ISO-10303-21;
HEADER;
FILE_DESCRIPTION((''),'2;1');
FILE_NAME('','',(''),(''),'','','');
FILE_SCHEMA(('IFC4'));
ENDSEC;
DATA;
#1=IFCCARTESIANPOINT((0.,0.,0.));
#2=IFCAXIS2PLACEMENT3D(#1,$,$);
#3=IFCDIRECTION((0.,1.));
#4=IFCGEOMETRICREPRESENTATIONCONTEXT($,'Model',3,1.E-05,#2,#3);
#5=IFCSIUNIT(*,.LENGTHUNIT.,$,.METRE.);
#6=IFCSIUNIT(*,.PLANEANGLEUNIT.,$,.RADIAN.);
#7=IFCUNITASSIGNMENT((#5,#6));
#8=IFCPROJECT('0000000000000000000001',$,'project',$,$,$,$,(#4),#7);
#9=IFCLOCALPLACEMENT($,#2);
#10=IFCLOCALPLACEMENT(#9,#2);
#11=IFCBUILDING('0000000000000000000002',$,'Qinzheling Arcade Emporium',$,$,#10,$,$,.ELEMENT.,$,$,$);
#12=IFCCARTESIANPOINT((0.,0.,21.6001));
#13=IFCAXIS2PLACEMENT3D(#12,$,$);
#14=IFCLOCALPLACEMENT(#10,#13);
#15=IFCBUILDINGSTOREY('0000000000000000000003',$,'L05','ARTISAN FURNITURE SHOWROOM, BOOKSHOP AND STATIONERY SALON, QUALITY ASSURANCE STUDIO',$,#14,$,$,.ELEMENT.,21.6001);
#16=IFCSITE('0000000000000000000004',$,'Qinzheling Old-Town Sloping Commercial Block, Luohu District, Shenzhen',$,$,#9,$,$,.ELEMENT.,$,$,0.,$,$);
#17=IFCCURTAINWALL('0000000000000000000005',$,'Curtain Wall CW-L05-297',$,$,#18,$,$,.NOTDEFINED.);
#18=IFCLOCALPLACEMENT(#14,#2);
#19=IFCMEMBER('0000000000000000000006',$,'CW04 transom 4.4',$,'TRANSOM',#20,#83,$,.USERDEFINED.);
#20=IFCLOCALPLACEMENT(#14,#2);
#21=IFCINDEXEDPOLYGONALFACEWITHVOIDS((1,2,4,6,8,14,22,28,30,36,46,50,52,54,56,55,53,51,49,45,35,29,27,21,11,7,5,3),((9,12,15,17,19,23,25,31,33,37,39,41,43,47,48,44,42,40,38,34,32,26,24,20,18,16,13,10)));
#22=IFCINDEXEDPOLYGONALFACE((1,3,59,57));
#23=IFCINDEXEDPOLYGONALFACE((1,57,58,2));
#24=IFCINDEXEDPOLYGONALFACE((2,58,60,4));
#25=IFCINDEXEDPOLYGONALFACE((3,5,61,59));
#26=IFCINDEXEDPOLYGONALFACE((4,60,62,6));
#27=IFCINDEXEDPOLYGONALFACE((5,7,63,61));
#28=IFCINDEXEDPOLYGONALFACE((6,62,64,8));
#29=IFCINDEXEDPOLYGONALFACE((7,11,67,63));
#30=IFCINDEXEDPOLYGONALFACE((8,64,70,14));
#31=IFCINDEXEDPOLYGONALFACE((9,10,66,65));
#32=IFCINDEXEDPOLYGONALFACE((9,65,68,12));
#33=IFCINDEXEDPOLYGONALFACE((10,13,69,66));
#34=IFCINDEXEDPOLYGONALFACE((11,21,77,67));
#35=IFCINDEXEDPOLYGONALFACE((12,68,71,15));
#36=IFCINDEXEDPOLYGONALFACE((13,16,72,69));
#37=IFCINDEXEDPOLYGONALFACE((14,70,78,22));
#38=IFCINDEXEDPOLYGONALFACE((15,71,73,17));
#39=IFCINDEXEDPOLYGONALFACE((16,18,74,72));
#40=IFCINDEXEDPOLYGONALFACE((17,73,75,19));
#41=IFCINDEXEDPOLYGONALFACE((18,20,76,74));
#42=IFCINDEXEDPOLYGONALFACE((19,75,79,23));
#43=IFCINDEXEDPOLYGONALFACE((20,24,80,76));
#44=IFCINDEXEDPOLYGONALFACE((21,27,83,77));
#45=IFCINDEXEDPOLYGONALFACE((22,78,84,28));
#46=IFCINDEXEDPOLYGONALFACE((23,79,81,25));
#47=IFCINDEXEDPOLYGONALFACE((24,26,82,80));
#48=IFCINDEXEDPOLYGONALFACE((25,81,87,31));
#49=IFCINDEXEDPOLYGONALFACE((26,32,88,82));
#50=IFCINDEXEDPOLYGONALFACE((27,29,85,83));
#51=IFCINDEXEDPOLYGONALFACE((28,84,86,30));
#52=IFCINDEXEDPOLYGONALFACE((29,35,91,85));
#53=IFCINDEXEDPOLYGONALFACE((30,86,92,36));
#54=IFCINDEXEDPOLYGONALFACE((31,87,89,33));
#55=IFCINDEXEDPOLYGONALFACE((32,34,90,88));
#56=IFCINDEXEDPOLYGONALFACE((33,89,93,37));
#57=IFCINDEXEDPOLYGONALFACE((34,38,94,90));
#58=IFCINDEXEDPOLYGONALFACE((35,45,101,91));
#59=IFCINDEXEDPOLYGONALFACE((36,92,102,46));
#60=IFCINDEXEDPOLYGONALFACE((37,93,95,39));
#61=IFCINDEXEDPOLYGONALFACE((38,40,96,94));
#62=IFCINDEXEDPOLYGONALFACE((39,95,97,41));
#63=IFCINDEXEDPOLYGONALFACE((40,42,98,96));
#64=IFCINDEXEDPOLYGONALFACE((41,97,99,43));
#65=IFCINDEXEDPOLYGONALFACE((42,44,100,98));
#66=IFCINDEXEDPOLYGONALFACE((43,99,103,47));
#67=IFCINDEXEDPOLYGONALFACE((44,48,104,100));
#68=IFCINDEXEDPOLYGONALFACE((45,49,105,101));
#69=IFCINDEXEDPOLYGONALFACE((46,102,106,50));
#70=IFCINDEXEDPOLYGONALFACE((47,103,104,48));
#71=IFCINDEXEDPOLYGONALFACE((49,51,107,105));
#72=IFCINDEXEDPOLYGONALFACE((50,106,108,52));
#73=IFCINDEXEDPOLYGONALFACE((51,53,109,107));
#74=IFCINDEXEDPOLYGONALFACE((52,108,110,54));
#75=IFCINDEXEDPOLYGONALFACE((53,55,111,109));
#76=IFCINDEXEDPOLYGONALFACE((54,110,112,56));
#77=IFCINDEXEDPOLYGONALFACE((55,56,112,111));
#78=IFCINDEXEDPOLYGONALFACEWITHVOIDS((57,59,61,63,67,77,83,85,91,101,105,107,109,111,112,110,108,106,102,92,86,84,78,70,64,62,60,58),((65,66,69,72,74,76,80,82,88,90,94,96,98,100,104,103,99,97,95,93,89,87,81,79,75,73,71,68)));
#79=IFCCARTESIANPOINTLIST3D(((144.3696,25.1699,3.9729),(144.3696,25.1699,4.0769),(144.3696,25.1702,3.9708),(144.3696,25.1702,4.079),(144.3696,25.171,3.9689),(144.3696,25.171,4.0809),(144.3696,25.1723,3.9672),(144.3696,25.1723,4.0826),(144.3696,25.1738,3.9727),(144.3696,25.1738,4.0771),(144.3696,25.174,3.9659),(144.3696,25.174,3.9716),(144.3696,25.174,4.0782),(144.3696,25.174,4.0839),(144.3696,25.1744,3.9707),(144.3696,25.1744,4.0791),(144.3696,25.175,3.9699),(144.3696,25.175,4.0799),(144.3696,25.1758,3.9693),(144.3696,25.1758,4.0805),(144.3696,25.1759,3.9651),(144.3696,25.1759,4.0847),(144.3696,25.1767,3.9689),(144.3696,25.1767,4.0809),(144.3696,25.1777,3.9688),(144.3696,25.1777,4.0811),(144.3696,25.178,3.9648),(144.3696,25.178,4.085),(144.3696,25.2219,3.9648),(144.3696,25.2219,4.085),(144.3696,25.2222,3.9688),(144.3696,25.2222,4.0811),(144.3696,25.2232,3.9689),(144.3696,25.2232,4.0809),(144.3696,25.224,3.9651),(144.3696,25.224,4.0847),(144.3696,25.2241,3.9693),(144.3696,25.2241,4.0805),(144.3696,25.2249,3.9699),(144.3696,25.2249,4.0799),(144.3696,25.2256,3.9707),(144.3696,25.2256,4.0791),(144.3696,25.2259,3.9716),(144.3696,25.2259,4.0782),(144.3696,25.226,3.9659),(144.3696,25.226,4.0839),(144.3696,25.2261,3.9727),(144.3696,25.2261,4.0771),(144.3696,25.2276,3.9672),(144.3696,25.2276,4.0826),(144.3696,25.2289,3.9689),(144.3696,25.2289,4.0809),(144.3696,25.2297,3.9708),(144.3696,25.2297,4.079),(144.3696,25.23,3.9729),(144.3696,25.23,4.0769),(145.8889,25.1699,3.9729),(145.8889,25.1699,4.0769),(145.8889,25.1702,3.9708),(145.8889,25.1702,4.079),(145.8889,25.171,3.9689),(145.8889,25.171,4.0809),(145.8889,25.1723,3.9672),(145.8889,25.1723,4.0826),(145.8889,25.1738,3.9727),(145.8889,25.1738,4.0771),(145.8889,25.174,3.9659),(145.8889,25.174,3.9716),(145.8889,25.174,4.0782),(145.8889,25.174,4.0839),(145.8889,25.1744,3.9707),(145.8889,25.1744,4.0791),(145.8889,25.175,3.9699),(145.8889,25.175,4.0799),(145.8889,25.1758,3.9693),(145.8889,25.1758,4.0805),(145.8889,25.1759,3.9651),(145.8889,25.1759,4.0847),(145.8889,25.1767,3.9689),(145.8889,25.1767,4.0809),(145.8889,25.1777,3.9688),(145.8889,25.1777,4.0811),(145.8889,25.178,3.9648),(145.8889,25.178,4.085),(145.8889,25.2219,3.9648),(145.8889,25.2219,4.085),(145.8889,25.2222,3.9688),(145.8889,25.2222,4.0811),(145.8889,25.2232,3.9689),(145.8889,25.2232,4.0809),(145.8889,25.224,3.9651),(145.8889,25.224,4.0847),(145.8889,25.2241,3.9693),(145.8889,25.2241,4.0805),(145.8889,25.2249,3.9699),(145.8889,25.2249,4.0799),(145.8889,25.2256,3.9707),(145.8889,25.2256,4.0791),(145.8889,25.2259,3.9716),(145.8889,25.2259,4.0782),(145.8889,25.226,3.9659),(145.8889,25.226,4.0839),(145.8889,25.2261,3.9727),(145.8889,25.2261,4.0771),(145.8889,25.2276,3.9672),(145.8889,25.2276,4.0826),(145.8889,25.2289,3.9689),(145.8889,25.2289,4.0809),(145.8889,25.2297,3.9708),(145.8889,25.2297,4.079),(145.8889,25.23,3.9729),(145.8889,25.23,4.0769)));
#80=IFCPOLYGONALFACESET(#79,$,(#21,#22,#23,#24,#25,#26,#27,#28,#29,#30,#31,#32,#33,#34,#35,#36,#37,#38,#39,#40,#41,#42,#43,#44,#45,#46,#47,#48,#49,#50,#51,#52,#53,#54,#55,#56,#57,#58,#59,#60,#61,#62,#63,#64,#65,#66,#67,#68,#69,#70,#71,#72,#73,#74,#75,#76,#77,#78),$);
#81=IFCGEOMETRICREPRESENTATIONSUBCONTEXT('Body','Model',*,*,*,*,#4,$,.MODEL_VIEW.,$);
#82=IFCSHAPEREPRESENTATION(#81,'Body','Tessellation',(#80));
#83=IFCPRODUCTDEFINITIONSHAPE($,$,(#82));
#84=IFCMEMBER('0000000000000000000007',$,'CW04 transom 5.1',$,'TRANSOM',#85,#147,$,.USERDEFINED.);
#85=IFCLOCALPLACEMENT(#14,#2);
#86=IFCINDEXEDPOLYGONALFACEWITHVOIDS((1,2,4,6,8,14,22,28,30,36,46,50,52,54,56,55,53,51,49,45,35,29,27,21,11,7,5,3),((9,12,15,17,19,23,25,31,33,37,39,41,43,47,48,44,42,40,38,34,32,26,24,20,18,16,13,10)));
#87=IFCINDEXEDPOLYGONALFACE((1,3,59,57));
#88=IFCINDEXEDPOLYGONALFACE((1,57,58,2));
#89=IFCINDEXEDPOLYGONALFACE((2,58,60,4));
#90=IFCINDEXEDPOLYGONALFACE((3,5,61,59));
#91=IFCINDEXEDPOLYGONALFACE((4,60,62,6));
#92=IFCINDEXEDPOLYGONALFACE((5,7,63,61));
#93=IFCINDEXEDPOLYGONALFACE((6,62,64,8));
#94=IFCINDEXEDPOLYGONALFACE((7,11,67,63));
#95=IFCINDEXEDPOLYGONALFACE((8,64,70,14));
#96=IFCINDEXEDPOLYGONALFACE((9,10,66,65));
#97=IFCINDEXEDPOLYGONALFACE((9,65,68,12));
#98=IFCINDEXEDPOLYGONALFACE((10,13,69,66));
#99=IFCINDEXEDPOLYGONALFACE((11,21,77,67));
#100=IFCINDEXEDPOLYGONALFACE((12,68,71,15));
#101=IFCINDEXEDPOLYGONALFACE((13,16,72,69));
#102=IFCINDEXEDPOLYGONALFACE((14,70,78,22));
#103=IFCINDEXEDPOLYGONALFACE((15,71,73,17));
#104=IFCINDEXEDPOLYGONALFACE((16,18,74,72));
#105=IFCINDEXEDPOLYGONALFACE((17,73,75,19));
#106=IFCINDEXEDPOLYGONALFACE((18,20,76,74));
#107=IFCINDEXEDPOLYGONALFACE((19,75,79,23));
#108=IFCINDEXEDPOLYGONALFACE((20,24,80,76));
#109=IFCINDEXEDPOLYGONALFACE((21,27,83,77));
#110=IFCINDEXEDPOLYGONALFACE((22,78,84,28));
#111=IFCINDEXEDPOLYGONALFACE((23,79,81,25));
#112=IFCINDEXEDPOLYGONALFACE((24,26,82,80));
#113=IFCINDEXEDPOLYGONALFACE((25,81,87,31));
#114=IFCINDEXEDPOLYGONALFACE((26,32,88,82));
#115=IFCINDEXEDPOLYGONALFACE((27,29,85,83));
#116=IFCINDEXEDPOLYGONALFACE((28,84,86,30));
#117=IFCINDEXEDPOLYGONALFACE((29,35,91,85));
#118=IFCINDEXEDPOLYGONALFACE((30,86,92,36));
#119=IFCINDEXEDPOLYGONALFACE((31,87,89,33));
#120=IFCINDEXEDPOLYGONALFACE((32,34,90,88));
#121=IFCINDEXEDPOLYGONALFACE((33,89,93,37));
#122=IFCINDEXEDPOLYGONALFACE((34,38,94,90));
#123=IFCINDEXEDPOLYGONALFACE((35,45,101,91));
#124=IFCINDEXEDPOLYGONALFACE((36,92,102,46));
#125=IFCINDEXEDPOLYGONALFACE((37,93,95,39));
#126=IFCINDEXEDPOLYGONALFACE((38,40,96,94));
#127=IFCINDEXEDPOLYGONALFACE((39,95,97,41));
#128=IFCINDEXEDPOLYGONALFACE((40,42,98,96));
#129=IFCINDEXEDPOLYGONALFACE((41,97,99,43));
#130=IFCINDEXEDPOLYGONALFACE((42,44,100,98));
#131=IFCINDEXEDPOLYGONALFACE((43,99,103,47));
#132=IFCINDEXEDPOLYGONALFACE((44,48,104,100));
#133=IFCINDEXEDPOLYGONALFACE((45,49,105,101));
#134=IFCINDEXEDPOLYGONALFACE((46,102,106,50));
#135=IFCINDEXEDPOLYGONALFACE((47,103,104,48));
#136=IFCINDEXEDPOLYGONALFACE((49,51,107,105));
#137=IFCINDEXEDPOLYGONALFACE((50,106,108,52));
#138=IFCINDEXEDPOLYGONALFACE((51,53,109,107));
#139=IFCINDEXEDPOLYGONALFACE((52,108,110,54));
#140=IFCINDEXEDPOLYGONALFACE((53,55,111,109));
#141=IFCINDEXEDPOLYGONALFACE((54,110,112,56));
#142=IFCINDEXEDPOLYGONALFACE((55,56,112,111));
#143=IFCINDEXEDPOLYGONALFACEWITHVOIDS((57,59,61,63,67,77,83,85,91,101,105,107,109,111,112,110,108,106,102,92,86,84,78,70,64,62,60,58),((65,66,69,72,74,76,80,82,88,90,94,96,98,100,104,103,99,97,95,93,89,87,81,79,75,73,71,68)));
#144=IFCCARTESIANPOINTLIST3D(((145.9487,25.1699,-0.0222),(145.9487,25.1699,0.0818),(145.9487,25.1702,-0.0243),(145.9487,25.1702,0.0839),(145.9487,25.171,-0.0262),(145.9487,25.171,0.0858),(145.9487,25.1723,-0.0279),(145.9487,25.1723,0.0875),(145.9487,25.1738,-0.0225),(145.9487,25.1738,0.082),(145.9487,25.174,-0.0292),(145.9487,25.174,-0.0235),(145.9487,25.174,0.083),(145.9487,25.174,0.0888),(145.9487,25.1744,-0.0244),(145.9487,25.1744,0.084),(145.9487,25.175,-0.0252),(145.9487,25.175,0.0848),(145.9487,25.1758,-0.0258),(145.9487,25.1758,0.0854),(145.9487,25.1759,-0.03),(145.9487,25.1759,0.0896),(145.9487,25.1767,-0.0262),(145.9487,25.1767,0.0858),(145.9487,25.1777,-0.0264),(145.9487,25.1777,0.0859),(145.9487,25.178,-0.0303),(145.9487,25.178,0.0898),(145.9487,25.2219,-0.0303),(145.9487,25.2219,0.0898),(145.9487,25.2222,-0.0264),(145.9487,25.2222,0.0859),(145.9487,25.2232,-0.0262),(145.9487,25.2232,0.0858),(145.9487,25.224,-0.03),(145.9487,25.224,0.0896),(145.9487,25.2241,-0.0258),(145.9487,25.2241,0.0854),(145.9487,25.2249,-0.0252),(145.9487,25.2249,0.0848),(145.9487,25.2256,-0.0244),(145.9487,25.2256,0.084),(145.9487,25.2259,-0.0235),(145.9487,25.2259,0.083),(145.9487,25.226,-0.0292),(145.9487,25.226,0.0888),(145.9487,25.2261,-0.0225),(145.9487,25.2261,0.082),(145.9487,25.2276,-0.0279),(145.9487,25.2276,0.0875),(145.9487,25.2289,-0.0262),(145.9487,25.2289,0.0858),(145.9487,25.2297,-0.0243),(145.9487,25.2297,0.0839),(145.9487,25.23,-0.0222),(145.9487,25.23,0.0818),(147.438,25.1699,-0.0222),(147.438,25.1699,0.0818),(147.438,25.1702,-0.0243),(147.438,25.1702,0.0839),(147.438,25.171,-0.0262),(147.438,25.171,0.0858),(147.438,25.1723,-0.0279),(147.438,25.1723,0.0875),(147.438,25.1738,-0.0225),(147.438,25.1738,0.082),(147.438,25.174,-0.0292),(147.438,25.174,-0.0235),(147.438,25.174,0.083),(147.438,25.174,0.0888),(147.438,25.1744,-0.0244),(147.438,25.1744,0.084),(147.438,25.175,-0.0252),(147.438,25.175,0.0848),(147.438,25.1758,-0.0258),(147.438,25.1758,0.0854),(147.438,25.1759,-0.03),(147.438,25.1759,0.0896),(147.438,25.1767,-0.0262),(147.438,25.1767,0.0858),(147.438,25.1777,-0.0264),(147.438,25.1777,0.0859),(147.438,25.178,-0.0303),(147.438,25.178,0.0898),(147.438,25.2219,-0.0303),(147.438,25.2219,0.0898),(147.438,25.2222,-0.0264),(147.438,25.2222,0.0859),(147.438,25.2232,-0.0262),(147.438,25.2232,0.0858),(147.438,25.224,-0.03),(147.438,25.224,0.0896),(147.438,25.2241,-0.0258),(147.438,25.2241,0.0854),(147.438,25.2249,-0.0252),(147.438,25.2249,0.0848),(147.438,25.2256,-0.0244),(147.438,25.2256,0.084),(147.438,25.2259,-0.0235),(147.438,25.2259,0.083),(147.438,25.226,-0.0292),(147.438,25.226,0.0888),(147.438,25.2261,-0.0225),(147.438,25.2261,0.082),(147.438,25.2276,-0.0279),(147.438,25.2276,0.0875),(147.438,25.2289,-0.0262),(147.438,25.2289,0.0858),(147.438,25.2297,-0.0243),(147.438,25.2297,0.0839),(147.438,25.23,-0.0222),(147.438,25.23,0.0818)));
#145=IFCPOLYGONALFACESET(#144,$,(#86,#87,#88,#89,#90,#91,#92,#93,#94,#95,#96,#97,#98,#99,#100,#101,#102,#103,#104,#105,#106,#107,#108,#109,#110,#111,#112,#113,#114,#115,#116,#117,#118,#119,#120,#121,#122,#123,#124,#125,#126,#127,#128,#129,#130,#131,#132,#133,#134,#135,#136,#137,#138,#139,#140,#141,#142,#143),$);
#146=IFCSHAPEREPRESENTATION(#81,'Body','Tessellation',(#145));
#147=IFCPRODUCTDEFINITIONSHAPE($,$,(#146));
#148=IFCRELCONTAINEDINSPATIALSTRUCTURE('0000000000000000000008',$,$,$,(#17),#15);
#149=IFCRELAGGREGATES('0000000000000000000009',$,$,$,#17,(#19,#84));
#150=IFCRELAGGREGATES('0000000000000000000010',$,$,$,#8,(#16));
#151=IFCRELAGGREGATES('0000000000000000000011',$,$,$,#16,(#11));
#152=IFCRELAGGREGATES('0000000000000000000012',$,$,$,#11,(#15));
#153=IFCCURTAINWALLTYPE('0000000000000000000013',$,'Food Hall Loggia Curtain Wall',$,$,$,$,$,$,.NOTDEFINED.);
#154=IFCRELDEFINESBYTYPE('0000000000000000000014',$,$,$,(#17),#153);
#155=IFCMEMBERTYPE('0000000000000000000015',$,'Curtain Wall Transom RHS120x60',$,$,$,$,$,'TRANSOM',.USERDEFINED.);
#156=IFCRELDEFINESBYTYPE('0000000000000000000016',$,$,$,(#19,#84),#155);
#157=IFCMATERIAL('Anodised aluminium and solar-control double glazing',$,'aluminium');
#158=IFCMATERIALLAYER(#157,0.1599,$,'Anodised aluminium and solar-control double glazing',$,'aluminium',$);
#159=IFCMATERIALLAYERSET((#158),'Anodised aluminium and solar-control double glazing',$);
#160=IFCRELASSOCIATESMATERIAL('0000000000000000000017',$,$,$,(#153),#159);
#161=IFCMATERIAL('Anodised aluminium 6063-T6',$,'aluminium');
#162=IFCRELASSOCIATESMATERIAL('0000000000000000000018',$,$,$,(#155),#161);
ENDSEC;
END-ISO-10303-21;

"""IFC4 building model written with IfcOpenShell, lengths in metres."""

from ifc_helpers import new_model, si_unit, direction, frame, origin, origin_2d, place, context, subcontext, project, spatial, hollow_rectangle, extrude, material, layer, layer_set, material_profile, profile_set, type_object, element, aggregate, save


model = new_model("IFC4")

# Units and contexts
model_context = context("Model", 3, precision=1e-05, world=origin(), true_north=direction((0.0, 1.0)))
body_context = subcontext(model_context, "Body", "Model", "MODEL_VIEW")
ifc_project = project(units=[si_unit("LENGTHUNIT", "METRE"), si_unit("PLANEANGLEUNIT", "RADIAN")], contexts=[model_context])

# Site, building, storey
site_placement = place(None, origin())
site = spatial("IfcSite", under=ifc_project, at=site_placement, Name="Qinzheling Old-Town Sloping Commercial Block, Luohu District, Shenzhen", CompositionType="ELEMENT", RefElevation=0.0)
building_placement = place(site_placement, origin())
building = spatial("IfcBuilding", under=site, at=building_placement, Name="Qinzheling Arcade Emporium", CompositionType="ELEMENT")
storey_placement = place(building_placement, frame((0.0, 0.0, 21.6001)))
storey = spatial("IfcBuildingStorey", under=building, at=storey_placement, Name="L05", Description="ARTISAN FURNITURE SHOWROOM, BOOKSHOP AND STATIONERY SALON, QUALITY ASSURANCE STUDIO", CompositionType="ELEMENT", Elevation=21.6001)

# Curtain wall, members
ifc_material_1 = material(Name="Anodised aluminium and solar-control double glazing", Category="aluminium")
ifc_layer_1 = layer(ifc_material_1, 0.1599, Name="Anodised aluminium and solar-control double glazing", Category="aluminium")
ifc_layer_set_1 = layer_set([ifc_layer_1], Name="Anodised aluminium and solar-control double glazing")
curtain_wall_type = type_object("IfcCurtainWallType", Name="Food Hall Loggia Curtain Wall", PredefinedType="NOTDEFINED", material=ifc_layer_set_1)
curtain_wall_placement = place(storey_placement, origin())
curtain_wall = element("IfcCurtainWall", 1, at=curtain_wall_placement, inside=storey, type_object=curtain_wall_type, Name="Curtain Wall CW-L05-297", PredefinedType="NOTDEFINED")
ifc_material_2 = material(Name="Anodised aluminium 6063-T6", Category="aluminium")
ifc_material_profile_1 = material_profile(ifc_material_2, hollow_rectangle(XDim=0.0601, YDim=0.1201, WallThickness=0.0039, InnerFilletRadius=0.0039, OuterFilletRadius=0.0081, at=origin_2d()), Name="RHS 120x60x4", Category="aluminium")
ifc_profile_set_1 = profile_set([ifc_material_profile_1], Name="Anodised aluminium 6063-T6")
member_type_1 = type_object("IfcMemberType", Name="Curtain Wall Transom RHS120x60", ElementType="TRANSOM", PredefinedType="USERDEFINED", material=ifc_profile_set_1)
member_1_placement = place(storey_placement, frame((144.3696, 25.2, 4.0249), z_axis=(1.0, 0.0, 0.0), x_axis=(0.0, 1.0, 0.0)))
member_1 = element("IfcMember", 2, at=member_1_placement, type_object=member_type_1, Name="CW04 transom 4.4", ObjectType="TRANSOM", PredefinedType="USERDEFINED", context=body_context, shape_type="SweptSolid", body=[
    extrude(hollow_rectangle(XDim=0.0601, YDim=0.1201, WallThickness=0.0039, InnerFilletRadius=0.0039, OuterFilletRadius=0.0081, at=origin_2d()), origin(), (0.0, 0.0, 1.0), 1.5193),
])
member_2_placement = place(storey_placement, frame((145.9487, 25.2, 0.0298), z_axis=(1.0, 0.0, 0.0), x_axis=(0.0, 1.0, 0.0)))
member_2 = element("IfcMember", 3, at=member_2_placement, type_object=member_type_1, Name="CW04 transom 5.1", ObjectType="TRANSOM", PredefinedType="USERDEFINED", context=body_context, shape_type="SweptSolid", body=[
    extrude(hollow_rectangle(XDim=0.0601, YDim=0.1201, WallThickness=0.0039, InnerFilletRadius=0.0039, OuterFilletRadius=0.0081, at=origin_2d()), origin(), (0.0, 0.0, 1.0), 1.4893),
])
aggregate(curtain_wall, [member_1, member_2])

save(model, "model.ifc")
